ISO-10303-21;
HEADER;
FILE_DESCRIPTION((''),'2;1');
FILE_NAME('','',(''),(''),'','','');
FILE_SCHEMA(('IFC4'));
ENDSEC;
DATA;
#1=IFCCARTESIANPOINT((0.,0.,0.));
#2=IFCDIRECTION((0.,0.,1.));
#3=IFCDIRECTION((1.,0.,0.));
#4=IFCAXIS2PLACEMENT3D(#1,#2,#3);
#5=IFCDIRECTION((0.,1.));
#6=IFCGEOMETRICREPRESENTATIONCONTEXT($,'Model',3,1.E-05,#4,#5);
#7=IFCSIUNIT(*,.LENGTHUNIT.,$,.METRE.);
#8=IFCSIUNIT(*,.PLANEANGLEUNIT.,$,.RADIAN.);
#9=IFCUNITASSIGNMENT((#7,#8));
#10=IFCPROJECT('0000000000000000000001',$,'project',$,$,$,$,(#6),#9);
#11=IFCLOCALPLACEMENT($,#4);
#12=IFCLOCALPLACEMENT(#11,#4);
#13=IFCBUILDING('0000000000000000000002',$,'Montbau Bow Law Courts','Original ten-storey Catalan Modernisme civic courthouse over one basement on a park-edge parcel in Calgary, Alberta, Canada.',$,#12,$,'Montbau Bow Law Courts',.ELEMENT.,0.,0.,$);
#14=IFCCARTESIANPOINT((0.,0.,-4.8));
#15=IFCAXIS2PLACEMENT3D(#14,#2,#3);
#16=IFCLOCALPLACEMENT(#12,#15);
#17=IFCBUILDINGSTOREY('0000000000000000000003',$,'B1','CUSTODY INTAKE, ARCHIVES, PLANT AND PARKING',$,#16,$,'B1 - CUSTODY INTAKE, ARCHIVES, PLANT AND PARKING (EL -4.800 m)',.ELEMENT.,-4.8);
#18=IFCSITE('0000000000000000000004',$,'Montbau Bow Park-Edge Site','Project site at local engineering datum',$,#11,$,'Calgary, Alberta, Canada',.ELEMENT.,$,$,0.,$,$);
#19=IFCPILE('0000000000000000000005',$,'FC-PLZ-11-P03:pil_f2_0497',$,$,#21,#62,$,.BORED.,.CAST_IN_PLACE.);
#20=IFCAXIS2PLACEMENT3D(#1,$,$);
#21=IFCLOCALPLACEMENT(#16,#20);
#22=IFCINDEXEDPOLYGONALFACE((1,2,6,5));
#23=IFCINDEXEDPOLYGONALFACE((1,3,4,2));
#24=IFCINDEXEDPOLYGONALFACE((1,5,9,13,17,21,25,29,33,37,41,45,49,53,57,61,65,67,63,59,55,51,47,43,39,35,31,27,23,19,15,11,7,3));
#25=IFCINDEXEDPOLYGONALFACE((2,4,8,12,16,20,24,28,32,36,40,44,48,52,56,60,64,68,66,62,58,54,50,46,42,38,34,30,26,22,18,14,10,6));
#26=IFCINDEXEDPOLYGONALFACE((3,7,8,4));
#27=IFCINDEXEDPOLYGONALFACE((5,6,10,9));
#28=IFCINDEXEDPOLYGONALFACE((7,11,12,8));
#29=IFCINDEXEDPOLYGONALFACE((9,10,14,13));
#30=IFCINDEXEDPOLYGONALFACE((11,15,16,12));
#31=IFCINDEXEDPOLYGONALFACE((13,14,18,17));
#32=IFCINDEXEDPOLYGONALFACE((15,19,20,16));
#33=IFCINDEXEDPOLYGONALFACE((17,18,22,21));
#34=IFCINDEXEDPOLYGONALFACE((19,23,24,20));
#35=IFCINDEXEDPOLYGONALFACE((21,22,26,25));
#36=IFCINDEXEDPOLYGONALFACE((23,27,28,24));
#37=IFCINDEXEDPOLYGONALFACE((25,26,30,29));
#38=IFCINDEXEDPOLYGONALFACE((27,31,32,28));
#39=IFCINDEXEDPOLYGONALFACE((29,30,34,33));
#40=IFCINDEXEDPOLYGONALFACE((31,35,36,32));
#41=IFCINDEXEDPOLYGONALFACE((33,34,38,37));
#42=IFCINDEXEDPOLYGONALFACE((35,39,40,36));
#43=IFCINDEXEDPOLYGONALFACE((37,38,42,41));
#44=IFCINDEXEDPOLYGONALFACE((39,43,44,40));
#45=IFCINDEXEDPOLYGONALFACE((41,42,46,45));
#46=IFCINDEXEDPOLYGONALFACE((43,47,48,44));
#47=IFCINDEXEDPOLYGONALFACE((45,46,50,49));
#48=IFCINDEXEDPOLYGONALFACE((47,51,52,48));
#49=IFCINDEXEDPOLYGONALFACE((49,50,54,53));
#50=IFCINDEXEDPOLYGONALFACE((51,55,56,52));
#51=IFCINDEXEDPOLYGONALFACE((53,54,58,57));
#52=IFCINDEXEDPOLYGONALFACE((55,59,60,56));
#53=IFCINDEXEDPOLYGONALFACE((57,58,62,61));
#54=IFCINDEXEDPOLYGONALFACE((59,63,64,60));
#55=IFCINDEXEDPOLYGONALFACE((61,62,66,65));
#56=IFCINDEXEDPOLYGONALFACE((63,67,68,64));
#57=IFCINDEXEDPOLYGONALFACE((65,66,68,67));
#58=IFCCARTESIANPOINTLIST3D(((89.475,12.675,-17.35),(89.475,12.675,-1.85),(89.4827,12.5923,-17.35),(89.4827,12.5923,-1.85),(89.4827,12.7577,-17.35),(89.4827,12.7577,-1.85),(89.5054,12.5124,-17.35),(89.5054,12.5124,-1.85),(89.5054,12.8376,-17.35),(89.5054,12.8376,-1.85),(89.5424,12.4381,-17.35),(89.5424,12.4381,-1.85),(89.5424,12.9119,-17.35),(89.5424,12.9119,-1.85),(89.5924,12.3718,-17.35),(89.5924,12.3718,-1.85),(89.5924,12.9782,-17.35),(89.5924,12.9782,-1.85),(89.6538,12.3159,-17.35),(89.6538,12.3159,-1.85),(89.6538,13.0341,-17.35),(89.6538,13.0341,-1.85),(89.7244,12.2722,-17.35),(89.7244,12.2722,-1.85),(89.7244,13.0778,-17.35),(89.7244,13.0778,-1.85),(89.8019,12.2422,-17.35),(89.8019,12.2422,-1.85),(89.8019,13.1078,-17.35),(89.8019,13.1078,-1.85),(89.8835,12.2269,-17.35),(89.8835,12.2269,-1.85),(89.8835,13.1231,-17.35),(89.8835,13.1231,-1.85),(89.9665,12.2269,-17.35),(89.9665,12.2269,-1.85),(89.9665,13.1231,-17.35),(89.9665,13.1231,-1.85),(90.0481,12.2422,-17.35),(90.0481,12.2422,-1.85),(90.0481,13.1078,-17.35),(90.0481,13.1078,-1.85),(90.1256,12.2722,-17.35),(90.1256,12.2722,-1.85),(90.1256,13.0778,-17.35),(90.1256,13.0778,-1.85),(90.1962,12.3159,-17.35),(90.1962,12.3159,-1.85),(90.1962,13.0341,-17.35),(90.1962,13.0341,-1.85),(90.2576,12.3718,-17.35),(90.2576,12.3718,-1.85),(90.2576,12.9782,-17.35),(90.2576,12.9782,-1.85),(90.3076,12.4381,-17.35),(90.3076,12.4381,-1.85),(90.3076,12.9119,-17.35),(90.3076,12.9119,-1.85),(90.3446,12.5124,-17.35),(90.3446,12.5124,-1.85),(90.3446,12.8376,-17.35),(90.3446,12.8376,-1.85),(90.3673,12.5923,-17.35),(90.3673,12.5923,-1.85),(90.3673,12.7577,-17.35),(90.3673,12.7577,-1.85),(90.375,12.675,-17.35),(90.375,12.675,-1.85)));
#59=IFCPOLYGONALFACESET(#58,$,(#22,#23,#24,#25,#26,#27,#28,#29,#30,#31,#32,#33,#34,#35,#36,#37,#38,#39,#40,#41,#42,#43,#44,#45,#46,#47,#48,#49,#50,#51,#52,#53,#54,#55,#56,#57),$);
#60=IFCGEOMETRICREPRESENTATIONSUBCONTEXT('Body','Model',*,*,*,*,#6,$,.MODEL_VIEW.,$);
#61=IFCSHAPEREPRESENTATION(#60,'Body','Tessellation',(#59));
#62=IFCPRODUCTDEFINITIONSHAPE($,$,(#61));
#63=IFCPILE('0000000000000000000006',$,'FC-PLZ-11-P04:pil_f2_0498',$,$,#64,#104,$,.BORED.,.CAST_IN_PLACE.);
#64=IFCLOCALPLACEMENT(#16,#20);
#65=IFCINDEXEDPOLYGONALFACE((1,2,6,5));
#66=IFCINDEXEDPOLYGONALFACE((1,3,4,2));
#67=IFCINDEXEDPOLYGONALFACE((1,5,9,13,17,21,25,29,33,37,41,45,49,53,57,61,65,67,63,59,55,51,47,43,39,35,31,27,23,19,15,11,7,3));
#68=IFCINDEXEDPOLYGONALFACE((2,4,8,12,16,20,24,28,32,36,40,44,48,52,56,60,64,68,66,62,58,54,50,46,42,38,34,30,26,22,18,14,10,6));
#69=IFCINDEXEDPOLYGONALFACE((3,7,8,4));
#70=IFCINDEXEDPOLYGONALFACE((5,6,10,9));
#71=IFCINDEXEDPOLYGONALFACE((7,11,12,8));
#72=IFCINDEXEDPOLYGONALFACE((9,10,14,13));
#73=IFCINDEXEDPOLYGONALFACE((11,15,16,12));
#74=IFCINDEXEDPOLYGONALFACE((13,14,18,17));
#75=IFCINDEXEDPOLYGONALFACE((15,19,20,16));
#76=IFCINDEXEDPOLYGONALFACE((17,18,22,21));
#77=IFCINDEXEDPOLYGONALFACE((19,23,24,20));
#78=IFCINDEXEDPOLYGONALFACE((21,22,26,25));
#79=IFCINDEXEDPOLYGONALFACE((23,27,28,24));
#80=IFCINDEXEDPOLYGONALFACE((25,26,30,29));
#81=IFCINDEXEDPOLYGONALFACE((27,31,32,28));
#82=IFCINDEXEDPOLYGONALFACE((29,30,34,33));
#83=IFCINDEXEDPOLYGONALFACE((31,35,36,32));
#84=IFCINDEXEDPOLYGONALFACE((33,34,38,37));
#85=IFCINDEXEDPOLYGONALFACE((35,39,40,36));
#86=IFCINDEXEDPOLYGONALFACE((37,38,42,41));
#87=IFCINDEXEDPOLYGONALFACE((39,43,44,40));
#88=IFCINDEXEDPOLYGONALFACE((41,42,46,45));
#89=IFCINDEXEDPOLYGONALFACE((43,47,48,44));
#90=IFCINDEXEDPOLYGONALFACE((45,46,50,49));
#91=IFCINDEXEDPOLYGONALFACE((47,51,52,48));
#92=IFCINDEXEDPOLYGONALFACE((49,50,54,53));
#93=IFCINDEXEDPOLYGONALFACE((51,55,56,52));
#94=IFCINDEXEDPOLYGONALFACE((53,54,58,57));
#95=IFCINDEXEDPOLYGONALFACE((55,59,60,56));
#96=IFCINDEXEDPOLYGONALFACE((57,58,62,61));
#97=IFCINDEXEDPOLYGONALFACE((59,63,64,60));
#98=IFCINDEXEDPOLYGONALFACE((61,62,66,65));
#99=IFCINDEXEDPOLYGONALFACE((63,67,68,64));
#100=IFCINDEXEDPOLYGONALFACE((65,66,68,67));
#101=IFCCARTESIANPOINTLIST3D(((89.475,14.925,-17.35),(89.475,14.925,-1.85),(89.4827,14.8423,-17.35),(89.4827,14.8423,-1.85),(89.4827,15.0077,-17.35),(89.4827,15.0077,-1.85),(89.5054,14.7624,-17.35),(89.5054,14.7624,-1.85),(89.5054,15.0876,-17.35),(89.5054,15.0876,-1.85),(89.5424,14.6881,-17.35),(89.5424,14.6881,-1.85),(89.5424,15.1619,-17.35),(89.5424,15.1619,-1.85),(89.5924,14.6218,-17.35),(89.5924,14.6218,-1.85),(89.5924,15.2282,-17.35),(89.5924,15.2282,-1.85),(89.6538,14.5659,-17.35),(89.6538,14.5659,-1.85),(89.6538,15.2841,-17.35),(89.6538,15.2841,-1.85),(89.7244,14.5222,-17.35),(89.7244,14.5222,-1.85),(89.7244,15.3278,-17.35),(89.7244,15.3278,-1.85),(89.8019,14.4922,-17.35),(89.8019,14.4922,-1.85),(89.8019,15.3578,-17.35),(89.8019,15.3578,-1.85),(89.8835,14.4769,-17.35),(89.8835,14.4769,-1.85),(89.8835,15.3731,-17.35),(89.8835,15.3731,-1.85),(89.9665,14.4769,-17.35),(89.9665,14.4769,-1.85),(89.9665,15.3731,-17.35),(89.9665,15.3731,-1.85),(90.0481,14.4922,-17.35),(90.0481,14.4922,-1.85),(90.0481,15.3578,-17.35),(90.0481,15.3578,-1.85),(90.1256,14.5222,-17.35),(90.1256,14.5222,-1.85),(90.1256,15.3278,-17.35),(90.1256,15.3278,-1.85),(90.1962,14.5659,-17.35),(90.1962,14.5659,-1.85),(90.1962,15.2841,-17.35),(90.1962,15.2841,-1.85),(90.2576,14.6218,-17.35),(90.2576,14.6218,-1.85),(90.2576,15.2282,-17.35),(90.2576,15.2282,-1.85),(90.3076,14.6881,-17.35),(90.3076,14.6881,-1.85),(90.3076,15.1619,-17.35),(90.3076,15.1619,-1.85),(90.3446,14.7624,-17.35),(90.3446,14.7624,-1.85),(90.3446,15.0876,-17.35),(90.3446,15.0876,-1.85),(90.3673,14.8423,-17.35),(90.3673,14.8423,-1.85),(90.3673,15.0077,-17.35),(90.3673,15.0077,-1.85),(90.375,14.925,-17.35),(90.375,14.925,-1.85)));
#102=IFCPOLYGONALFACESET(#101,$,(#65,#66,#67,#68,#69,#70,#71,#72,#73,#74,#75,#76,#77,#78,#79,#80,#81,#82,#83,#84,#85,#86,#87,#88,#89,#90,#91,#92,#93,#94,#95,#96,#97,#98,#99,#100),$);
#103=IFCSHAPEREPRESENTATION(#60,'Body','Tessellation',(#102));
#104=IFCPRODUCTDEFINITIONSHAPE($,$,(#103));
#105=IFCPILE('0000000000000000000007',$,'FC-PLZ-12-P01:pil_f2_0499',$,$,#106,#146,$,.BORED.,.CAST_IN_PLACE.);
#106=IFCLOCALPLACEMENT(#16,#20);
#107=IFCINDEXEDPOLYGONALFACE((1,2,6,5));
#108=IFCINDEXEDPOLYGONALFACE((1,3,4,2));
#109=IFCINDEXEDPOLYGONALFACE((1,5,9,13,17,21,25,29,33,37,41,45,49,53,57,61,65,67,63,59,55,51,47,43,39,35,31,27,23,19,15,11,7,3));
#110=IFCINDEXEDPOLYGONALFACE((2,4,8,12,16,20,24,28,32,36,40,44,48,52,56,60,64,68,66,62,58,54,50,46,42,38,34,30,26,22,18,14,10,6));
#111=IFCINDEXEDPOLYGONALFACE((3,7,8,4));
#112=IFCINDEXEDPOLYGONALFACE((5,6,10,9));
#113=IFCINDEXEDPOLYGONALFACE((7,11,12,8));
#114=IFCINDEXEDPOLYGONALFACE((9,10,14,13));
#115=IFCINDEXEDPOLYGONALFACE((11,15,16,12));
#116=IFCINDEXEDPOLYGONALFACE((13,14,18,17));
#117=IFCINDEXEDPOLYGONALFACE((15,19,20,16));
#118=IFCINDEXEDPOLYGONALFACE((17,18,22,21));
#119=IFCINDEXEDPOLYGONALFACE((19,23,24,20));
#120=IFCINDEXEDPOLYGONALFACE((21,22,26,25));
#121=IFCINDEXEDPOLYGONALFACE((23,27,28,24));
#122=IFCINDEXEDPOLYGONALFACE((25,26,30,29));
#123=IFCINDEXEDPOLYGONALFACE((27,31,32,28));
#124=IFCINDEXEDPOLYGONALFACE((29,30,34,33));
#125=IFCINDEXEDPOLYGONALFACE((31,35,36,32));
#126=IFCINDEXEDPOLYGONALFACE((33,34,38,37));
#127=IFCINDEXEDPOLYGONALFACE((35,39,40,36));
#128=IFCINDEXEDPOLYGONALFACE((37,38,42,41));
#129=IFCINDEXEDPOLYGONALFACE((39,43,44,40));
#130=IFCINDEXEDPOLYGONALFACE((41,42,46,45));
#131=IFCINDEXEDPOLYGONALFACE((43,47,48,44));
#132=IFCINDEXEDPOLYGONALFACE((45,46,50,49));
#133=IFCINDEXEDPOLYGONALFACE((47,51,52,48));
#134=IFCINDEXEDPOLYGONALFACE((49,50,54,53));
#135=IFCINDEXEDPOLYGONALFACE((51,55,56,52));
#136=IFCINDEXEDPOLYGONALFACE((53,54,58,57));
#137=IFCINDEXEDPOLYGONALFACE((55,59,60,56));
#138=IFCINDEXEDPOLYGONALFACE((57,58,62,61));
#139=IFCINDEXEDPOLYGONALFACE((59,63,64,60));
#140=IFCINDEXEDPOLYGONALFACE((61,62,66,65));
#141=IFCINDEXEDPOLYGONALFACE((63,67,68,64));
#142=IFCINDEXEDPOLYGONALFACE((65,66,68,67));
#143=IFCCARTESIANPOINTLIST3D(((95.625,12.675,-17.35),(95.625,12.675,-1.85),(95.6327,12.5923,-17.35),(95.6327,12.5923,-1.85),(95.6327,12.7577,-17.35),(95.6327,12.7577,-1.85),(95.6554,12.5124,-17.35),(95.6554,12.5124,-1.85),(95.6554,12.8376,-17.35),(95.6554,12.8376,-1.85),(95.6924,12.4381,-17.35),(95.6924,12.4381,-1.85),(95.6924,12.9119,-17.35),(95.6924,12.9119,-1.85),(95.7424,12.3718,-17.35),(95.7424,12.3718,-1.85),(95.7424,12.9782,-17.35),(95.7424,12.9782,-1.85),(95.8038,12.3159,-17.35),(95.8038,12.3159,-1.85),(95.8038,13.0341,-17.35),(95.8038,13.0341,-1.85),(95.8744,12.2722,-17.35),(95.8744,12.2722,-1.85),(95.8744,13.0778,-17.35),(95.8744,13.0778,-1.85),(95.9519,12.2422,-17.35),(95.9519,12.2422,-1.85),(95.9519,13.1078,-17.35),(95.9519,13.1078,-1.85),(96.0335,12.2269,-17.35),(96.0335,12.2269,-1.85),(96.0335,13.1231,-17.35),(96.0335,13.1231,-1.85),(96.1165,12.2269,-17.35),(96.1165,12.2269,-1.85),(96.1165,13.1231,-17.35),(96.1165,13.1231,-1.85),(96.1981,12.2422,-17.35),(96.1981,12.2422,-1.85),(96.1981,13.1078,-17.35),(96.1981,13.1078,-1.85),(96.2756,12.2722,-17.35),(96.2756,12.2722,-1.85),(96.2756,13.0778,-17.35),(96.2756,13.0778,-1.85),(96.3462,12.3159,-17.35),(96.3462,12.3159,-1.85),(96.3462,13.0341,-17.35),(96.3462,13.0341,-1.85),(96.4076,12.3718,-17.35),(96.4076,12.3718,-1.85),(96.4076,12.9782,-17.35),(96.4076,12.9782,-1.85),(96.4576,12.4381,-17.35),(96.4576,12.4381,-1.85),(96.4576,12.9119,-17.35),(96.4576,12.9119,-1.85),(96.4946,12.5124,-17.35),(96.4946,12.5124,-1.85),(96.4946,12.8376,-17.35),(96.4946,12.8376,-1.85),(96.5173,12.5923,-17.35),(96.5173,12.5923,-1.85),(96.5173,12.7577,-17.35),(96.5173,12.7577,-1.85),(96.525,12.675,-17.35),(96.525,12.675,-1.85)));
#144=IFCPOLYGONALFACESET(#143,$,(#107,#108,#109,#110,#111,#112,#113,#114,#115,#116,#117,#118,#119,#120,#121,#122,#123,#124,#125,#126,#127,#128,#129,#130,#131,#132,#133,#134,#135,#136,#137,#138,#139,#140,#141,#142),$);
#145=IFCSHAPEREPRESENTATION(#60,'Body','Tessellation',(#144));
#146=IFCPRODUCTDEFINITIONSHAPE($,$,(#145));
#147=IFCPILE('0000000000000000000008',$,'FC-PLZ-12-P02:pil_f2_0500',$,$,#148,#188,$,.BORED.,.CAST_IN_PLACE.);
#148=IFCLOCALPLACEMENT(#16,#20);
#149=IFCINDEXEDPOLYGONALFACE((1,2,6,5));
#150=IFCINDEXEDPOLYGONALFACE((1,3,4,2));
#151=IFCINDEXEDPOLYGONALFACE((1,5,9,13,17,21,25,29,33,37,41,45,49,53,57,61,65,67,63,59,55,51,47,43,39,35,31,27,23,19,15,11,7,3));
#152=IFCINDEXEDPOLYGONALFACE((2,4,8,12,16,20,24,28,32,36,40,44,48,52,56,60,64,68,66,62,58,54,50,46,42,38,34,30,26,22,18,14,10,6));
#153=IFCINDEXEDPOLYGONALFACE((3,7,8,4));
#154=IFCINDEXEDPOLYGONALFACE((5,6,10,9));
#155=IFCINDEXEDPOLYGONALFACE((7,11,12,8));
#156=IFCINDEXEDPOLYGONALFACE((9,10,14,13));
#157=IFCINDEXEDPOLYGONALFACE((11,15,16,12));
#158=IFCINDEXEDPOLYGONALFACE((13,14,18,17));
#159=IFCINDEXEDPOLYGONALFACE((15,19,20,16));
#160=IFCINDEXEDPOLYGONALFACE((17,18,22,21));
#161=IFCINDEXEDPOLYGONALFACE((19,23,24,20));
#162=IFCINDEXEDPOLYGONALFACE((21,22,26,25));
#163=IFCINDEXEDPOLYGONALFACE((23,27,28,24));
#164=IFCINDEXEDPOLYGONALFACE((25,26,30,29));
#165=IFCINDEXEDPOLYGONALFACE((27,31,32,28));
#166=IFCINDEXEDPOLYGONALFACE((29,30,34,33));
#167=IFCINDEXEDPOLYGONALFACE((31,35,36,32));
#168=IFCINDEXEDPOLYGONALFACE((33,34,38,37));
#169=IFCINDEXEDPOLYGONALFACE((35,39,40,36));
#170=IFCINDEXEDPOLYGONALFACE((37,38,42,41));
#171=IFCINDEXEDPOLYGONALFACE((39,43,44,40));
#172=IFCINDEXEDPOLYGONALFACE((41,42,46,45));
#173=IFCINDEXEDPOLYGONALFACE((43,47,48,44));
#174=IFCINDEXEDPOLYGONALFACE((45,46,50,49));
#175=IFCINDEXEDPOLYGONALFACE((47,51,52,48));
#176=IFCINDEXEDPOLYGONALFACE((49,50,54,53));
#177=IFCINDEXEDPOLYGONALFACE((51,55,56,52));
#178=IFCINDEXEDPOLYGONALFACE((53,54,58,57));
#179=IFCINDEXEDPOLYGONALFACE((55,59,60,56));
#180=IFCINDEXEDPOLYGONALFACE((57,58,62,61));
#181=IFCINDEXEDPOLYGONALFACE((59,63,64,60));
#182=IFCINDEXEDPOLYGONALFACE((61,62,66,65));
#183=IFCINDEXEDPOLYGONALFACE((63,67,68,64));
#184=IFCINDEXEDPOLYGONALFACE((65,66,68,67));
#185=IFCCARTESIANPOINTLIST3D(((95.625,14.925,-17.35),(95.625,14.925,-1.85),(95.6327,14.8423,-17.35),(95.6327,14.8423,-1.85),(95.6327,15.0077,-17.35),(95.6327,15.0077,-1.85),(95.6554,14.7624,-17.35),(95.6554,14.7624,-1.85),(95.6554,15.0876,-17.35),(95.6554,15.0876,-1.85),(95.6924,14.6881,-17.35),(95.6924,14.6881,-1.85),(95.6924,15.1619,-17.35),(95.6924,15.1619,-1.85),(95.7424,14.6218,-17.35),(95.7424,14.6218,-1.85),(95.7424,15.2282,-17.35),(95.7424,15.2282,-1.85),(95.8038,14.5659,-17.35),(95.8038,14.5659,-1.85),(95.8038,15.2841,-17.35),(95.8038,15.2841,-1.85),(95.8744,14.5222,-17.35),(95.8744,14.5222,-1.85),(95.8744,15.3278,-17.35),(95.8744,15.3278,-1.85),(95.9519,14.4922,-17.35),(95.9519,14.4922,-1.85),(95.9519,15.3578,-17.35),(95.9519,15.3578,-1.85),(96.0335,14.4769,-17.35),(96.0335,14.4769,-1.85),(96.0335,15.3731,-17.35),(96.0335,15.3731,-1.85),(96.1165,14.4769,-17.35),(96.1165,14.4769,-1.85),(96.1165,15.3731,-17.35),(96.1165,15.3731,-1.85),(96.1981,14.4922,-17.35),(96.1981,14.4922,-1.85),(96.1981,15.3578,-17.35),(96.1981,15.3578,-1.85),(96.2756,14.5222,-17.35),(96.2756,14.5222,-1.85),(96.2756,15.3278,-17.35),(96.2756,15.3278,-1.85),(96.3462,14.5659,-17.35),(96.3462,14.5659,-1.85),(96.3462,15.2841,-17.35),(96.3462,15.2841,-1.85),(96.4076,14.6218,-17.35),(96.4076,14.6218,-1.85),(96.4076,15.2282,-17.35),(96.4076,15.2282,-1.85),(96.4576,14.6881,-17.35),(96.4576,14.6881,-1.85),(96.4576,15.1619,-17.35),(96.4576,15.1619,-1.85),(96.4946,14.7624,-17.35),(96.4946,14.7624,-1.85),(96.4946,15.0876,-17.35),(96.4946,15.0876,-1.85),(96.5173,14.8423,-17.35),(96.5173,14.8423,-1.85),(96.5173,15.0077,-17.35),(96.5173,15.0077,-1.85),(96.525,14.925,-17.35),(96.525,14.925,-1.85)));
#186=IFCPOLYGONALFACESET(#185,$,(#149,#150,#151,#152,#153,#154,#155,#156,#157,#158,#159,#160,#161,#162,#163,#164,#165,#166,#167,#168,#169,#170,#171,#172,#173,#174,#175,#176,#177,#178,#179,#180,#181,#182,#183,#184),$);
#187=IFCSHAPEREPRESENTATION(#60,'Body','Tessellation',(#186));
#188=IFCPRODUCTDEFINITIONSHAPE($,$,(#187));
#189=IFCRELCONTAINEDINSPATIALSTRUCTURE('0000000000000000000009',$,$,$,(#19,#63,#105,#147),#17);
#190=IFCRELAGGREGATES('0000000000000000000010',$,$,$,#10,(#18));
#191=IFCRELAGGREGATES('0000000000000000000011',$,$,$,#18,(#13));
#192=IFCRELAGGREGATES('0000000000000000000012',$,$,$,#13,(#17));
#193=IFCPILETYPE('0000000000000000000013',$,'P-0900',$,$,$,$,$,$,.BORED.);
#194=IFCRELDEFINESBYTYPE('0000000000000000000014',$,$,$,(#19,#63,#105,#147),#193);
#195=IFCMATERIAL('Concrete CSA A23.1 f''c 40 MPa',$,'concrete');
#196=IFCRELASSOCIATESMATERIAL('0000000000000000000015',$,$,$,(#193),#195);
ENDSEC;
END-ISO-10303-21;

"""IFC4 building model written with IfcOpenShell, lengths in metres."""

from ifc_helpers import new_model, si_unit, direction, frame, origin_with_axes, origin_2d_with_axis, place, context, subcontext, project, spatial, circle, extrude, material, material_profile, profile_set, type_object, element, save


model = new_model("IFC4")

# Units and contexts
model_context = context("Model", 3, precision=1e-05, world=origin_with_axes(), true_north=direction((0.0, 1.0)))
body_context = subcontext(model_context, "Body", "Model", "MODEL_VIEW")
ifc_project = project(units=[si_unit("LENGTHUNIT", "METRE"), si_unit("PLANEANGLEUNIT", "RADIAN")], contexts=[model_context])

# Site, building, storey
site_placement = place(None, origin_with_axes())
site = spatial("IfcSite", under=ifc_project, at=site_placement, Name="Montbau Bow Park-Edge Site", Description="Project site at local engineering datum", LongName="Calgary, Alberta, Canada", CompositionType="ELEMENT", RefElevation=0.0)
building_placement = place(site_placement, origin_with_axes())
building = spatial("IfcBuilding", under=site, at=building_placement, Name="Montbau Bow Law Courts", Description="Original ten-storey Catalan Modernisme civic courthouse over one basement on a park-edge parcel in Calgary, Alberta, Canada.", LongName="Montbau Bow Law Courts", CompositionType="ELEMENT", ElevationOfRefHeight=0.0, ElevationOfTerrain=0.0)
storey_placement = place(building_placement, frame((0.0, 0.0, -4.8), z_axis=(0.0, 0.0, 1.0), x_axis=(1.0, 0.0, 0.0)))
storey = spatial("IfcBuildingStorey", under=building, at=storey_placement, Name="B1", Description="CUSTODY INTAKE, ARCHIVES, PLANT AND PARKING", LongName="B1 - CUSTODY INTAKE, ARCHIVES, PLANT AND PARKING (EL -4.800 m)", CompositionType="ELEMENT", Elevation=-4.8)

# Piles
ifc_material_1 = material(Name="Concrete CSA A23.1 f'c 40 MPa", Category="concrete")
ifc_material_profile_1 = material_profile(ifc_material_1, circle(Radius=0.45, at=origin_2d_with_axis()), Name="BP900", Category="Main", Priority=0)
ifc_profile_set_1 = profile_set([ifc_material_profile_1], Name="Concrete CSA A23.1 f'c 40 MPa")
pile_type_1 = type_object("IfcPileType", Name="P-0900", PredefinedType="BORED", material=ifc_profile_set_1)
for number, where, z_axis, x_axis, name in (
    (1, (89.925, 12.675, -22.15), (0.0, 0.0, 1.0), (1.0, 0.0, 0.0), "FC-PLZ-11-P03:pil_f2_0497"),
    (2, (89.925, 14.925, -22.15), (0.0, 0.0, 1.0), (1.0, 0.0, 0.0), "FC-PLZ-11-P04:pil_f2_0498"),
    (3, (96.075, 12.675, -22.15), (0.0, 0.0, 1.0), (1.0, 0.0, 0.0), "FC-PLZ-12-P01:pil_f2_0499"),
    (4, (96.075, 14.925, -22.15), (0.0, 0.0, 1.0), (1.0, 0.0, 0.0), "FC-PLZ-12-P02:pil_f2_0500"),
):
    element("IfcPile", number, at=place(None, frame(where, z_axis=z_axis, x_axis=x_axis)), inside=storey, type_object=pile_type_1, Name=name, ConstructionType="CAST_IN_PLACE", PredefinedType="BORED", context=body_context, shape_type="SweptSolid", body=[
        extrude(circle(Radius=0.45, at=origin_2d_with_axis()), origin_with_axes(), (0.0, 0.0, 1.0), 15.5),
    ])

save(model, "model.ifc")
